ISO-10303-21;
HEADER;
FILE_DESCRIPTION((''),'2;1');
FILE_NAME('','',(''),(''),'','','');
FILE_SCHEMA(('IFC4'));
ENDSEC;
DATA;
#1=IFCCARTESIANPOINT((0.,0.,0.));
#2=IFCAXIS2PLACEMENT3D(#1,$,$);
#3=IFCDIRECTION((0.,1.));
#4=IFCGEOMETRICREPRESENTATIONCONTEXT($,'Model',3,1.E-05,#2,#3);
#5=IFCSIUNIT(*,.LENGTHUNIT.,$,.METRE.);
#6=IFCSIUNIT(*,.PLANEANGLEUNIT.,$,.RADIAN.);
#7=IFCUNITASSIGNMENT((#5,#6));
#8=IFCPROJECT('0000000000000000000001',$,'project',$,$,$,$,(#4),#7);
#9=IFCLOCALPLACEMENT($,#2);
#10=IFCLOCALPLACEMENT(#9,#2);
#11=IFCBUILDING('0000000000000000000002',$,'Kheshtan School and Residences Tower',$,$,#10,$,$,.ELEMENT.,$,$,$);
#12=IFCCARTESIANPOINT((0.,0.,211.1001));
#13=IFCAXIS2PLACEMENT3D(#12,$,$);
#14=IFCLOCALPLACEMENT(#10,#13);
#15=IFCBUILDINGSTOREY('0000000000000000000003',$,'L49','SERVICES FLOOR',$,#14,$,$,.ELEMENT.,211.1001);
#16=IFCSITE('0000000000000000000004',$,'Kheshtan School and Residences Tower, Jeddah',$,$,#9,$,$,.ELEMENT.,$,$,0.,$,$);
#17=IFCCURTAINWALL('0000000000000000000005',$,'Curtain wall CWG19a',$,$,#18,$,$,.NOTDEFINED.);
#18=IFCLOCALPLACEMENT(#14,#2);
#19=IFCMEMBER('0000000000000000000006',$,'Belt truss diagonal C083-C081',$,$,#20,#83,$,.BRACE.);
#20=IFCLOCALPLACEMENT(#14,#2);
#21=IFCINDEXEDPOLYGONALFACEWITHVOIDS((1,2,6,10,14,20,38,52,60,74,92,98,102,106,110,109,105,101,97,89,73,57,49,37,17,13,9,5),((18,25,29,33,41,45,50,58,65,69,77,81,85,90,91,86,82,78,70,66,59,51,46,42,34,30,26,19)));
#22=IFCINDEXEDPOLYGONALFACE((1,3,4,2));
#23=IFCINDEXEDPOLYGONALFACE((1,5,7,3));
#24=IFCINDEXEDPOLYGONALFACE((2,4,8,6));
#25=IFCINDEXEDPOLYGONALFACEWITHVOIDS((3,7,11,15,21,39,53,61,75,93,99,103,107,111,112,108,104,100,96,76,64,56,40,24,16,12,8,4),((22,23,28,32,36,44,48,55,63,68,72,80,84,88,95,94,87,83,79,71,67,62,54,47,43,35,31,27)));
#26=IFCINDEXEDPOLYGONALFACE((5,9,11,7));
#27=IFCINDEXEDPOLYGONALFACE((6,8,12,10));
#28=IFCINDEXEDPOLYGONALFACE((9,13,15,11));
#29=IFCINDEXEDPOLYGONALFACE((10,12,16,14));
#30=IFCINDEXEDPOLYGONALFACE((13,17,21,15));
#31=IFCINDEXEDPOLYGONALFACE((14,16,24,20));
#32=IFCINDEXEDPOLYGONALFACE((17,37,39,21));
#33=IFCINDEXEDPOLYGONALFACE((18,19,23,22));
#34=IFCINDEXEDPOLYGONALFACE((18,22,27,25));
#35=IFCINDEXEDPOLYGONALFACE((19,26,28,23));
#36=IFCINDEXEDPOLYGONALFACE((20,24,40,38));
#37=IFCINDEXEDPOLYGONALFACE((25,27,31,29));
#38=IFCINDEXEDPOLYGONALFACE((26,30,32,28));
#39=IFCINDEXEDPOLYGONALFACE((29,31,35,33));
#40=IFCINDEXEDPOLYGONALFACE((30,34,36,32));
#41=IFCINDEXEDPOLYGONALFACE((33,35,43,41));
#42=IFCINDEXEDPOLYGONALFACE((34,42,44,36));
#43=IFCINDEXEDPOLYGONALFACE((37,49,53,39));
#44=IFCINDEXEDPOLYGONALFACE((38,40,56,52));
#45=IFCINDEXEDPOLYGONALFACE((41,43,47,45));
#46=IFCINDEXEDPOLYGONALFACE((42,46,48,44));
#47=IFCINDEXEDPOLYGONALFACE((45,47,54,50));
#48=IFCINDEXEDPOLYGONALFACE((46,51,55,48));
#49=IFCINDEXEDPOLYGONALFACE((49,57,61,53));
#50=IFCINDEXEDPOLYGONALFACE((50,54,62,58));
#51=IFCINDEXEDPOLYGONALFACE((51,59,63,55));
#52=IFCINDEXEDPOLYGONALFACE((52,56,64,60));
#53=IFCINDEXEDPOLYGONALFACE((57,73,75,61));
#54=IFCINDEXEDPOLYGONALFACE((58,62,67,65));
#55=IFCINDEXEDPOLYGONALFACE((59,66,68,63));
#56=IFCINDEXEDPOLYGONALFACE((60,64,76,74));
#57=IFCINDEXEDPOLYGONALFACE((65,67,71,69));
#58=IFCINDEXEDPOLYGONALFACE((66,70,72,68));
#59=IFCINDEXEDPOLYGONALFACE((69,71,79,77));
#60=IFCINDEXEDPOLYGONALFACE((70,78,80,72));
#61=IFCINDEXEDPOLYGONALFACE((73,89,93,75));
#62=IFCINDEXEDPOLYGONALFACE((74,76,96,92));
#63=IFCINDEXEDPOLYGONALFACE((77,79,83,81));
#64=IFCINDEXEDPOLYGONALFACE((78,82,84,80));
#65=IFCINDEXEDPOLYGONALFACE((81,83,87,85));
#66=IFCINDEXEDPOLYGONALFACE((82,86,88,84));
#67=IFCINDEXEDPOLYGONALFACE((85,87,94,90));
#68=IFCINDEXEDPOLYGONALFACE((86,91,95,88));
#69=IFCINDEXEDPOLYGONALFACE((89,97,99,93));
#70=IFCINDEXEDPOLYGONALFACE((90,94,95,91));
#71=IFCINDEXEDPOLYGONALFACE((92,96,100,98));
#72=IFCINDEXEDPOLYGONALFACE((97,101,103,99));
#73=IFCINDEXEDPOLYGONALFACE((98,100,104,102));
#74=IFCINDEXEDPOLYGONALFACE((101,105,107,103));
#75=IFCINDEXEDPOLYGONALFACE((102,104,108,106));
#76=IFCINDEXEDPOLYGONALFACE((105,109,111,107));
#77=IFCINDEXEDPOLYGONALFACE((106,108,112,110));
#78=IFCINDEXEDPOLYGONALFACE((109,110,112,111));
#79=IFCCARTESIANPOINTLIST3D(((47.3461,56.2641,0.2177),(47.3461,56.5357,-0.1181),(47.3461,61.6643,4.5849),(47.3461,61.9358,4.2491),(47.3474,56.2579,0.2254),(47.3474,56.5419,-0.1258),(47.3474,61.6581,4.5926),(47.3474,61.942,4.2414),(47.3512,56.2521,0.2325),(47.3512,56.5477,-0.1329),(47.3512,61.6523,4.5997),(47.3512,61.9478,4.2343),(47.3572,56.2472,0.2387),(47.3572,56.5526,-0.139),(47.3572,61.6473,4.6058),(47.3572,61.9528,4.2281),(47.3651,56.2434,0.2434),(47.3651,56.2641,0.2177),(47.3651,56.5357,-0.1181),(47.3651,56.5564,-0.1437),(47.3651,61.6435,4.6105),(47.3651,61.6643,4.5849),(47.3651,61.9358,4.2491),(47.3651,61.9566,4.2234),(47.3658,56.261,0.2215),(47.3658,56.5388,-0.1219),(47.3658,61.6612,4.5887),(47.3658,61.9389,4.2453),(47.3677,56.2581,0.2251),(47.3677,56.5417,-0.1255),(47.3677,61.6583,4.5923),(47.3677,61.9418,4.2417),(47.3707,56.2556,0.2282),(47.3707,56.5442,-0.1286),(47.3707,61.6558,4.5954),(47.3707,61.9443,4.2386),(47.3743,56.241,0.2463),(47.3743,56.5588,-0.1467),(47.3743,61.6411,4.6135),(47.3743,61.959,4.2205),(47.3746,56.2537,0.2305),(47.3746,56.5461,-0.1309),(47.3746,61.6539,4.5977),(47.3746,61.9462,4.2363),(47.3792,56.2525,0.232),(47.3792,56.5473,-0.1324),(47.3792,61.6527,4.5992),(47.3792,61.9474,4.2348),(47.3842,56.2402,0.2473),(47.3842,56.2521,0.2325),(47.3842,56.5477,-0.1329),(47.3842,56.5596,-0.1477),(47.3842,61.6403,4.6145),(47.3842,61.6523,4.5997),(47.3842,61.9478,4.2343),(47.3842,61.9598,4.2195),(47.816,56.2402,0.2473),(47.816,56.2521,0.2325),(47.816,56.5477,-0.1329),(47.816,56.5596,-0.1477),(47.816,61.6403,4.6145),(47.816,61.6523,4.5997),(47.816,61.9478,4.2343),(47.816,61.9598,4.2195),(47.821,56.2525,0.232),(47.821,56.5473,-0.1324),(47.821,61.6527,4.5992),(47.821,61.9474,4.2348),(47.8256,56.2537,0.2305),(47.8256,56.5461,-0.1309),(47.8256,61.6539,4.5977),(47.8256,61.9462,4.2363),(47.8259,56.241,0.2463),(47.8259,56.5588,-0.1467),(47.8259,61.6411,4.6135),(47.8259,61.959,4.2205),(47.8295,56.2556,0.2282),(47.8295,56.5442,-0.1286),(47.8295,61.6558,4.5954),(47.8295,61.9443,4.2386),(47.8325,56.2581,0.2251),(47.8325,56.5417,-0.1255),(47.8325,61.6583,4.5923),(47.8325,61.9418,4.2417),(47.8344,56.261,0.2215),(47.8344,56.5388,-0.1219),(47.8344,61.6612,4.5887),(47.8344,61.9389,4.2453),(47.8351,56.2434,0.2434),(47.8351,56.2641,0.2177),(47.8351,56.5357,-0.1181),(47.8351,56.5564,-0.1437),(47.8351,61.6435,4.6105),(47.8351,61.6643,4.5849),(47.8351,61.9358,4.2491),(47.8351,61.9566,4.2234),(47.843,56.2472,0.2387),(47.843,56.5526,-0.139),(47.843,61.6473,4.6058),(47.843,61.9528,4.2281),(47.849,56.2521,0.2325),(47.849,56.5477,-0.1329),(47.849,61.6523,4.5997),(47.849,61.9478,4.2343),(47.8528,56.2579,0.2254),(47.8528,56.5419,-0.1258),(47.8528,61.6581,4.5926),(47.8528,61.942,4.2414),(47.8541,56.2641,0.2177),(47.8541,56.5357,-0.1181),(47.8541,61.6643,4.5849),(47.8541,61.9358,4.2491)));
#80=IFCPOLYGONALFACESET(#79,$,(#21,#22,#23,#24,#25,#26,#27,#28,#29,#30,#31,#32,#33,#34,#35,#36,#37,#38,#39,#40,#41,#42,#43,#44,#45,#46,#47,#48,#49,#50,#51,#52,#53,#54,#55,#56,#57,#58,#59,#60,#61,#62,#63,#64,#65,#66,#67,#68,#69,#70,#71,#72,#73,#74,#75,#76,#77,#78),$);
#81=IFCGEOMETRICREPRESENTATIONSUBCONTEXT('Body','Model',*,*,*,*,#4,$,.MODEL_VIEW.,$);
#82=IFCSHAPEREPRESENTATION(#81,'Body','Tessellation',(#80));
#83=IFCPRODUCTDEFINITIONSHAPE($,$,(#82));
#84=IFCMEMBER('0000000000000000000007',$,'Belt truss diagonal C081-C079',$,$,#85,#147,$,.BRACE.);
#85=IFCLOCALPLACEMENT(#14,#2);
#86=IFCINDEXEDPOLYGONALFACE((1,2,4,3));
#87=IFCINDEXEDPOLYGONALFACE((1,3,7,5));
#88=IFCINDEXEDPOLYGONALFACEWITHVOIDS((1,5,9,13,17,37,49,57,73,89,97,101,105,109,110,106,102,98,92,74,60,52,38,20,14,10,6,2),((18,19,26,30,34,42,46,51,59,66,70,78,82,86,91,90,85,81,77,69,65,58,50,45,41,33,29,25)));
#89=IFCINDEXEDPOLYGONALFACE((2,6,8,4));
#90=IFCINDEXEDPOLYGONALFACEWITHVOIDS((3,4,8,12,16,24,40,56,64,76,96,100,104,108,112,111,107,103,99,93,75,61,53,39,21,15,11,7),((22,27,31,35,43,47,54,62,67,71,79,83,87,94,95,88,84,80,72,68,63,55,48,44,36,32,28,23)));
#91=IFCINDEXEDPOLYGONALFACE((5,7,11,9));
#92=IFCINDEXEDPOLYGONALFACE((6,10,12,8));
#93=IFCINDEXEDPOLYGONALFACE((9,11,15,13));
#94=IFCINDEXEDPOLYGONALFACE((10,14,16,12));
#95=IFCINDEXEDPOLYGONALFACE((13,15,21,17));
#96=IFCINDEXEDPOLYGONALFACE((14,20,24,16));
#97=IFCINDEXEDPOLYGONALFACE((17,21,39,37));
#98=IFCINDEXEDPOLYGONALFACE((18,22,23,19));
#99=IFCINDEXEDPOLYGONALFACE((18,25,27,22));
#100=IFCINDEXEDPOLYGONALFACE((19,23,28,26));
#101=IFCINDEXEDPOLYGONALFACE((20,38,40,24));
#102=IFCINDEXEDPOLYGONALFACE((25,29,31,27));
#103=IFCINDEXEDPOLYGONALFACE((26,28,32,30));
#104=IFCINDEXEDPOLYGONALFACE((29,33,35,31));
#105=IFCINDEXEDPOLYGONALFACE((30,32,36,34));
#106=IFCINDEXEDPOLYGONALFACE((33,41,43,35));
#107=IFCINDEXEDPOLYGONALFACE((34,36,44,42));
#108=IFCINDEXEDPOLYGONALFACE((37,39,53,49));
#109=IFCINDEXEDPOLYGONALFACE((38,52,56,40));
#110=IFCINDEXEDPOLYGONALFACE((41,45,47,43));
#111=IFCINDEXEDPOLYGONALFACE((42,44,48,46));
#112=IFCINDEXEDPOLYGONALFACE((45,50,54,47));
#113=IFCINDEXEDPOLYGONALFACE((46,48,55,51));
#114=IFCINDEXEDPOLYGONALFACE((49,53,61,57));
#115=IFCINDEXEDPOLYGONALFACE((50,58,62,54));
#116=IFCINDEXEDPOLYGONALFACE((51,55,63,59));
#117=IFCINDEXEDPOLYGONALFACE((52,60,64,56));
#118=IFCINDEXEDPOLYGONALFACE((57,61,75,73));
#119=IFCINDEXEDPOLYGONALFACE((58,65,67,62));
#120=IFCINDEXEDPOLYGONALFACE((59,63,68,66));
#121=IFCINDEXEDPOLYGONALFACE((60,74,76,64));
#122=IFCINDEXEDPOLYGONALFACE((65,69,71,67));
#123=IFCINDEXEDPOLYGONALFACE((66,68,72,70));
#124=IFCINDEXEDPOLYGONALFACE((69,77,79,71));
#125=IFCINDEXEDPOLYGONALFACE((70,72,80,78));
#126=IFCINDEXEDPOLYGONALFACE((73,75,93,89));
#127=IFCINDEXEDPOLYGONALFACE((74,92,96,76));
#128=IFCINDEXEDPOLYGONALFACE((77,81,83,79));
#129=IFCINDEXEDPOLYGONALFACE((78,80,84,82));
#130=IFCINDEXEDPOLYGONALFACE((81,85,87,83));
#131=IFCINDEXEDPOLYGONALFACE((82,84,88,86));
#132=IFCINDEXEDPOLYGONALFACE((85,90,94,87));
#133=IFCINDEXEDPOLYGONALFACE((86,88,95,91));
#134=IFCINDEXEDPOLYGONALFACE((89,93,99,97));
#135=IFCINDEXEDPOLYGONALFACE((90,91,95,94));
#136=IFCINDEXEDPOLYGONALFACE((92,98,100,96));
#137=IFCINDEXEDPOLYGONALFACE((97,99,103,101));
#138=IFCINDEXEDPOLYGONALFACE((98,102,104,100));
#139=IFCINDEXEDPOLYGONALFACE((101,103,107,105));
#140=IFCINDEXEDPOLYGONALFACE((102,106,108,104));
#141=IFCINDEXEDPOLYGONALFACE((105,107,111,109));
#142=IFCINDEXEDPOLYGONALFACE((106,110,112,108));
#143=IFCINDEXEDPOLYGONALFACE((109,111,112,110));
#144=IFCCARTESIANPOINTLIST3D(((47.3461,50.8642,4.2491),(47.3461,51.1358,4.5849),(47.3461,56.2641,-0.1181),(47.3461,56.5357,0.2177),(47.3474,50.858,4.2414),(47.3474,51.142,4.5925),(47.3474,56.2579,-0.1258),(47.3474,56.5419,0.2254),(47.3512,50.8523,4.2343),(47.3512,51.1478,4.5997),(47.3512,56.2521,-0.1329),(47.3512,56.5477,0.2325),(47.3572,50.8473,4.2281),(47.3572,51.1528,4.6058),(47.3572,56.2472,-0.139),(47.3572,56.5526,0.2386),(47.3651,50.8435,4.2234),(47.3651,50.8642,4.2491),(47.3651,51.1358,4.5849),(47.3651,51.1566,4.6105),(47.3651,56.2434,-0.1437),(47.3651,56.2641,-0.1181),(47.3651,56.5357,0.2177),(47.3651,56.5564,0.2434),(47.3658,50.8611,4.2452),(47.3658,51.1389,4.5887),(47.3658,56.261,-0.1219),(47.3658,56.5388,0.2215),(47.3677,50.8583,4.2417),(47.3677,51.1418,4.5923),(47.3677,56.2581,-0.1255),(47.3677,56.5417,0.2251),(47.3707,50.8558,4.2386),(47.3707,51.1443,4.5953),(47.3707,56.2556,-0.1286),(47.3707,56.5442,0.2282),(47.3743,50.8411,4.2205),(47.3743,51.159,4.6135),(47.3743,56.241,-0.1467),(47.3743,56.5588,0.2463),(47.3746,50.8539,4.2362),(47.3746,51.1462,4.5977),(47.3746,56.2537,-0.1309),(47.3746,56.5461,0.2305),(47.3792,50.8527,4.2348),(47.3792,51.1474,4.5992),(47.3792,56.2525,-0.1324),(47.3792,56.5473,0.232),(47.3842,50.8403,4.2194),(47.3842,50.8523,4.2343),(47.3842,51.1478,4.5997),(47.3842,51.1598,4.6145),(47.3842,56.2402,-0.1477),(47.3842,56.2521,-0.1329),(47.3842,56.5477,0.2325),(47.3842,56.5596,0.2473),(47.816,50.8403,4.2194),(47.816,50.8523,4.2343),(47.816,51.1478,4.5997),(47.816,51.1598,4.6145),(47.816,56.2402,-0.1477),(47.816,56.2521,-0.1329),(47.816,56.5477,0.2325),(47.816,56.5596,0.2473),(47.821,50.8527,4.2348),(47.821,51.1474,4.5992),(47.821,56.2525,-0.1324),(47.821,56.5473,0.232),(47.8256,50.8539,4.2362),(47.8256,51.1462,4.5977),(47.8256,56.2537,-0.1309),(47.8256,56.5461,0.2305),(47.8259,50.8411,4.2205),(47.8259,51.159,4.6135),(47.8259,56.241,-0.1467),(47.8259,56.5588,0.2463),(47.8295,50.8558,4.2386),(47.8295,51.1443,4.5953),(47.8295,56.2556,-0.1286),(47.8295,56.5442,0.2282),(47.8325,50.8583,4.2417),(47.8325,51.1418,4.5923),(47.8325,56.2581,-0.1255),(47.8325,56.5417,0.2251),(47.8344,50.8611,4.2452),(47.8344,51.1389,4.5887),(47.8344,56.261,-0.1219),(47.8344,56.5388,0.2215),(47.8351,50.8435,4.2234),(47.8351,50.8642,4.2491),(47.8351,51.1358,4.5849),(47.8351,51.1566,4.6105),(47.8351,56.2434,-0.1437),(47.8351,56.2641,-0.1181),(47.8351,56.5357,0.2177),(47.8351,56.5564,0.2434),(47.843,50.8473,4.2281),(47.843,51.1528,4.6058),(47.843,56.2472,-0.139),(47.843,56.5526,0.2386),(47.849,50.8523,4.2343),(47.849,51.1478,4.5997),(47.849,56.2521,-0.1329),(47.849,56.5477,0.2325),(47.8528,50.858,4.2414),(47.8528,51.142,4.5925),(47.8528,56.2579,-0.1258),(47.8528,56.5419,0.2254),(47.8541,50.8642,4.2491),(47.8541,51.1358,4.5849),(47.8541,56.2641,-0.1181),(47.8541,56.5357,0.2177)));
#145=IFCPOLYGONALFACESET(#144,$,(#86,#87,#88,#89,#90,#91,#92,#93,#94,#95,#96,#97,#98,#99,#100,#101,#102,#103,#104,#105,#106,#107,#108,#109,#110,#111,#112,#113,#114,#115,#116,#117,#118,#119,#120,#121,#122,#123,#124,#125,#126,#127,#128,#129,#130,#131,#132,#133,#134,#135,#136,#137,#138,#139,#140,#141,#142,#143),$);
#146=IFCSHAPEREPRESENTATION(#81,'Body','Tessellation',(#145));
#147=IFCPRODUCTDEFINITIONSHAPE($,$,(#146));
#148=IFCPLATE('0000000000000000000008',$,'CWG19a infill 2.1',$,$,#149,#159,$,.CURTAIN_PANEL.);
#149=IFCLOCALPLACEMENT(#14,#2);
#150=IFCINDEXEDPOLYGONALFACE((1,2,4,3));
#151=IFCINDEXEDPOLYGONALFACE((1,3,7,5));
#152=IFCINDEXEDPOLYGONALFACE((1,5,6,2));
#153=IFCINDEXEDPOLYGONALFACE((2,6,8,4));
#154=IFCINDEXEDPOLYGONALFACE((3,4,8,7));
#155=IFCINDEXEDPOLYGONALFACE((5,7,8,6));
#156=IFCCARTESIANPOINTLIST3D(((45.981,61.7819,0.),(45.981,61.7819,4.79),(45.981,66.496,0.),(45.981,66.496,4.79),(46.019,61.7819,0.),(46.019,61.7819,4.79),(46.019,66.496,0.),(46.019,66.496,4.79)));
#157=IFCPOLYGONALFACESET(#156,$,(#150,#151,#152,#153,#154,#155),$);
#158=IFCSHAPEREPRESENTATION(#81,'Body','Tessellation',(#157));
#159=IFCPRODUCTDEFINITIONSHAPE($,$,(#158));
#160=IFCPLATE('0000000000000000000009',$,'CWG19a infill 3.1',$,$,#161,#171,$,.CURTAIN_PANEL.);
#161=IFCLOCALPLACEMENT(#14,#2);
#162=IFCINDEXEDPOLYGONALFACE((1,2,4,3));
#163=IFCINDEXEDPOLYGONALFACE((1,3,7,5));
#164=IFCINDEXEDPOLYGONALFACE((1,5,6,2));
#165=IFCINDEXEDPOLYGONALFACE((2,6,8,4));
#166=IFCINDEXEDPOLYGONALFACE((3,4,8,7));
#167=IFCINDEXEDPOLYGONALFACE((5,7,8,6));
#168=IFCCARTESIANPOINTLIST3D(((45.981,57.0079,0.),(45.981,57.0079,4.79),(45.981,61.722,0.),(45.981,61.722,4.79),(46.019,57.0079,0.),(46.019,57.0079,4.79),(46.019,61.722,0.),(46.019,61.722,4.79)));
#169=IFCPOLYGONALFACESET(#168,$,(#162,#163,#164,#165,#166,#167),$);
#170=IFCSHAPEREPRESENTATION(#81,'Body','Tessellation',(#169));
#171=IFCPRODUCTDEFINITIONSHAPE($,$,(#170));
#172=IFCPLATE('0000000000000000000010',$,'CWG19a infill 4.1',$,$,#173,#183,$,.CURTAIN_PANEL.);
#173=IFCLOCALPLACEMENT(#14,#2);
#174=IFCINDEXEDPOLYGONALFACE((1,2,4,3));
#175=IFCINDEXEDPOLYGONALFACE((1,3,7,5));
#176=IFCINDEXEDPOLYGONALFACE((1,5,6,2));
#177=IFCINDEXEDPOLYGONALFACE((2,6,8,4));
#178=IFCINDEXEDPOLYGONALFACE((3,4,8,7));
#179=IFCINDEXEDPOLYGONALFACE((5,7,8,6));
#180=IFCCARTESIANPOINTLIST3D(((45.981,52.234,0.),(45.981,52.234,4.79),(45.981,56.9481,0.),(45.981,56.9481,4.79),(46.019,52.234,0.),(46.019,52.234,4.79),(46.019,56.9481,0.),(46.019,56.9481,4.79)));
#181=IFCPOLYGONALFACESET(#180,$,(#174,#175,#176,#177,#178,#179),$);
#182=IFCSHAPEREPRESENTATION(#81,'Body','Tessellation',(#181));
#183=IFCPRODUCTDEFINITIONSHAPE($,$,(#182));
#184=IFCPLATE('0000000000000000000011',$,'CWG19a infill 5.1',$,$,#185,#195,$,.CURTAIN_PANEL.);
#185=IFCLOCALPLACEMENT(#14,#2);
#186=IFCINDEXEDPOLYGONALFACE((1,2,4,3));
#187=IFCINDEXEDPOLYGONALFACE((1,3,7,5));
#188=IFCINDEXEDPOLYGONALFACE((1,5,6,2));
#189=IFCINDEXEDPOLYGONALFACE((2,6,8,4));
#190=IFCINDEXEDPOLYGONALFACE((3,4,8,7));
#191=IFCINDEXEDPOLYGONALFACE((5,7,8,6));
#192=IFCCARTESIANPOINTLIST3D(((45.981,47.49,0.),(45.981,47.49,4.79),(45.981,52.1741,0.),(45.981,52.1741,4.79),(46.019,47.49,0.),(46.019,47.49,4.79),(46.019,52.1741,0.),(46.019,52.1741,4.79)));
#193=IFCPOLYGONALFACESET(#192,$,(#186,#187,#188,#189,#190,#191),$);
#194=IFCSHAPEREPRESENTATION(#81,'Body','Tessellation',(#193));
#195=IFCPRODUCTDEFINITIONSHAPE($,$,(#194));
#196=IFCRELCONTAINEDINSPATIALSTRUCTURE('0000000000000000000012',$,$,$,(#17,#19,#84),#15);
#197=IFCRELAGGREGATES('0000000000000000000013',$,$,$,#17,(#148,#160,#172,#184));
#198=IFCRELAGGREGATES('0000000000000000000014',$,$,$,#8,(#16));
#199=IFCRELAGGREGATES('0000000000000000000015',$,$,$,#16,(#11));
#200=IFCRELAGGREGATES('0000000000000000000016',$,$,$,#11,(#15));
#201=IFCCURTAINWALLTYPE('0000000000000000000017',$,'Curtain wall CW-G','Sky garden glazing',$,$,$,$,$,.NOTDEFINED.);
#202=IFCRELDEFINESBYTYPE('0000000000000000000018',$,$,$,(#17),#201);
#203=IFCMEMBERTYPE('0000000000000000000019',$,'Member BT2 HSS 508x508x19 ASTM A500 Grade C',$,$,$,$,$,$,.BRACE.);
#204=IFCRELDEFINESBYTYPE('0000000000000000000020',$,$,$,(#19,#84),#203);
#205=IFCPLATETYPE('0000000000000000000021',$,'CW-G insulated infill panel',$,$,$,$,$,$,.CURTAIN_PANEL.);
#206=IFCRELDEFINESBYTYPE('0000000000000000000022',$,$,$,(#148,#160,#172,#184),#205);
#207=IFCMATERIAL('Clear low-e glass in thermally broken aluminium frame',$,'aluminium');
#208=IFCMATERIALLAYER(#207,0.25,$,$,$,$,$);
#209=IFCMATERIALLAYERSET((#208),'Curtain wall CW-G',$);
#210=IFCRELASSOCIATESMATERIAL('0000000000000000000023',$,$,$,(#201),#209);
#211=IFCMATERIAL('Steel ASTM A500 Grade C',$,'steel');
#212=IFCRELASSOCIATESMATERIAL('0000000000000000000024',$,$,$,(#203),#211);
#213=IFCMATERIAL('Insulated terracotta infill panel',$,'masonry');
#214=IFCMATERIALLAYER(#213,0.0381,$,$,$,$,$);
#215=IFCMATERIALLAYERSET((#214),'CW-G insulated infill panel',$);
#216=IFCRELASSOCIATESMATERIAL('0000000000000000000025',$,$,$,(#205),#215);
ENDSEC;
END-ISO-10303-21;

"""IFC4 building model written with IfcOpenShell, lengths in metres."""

from ifc_helpers import new_model, si_unit, direction, frame, origin, origin_2d, place, context, subcontext, project, spatial, rectangle, hollow_rectangle, extrude, material, layer, layer_set, material_profile, profile_set, type_object, element, aggregate, save


model = new_model("IFC4")

# Units and contexts
model_context = context("Model", 3, precision=1e-05, world=origin(), true_north=direction((0.0, 1.0)))
body_context = subcontext(model_context, "Body", "Model", "MODEL_VIEW")
ifc_project = project(units=[si_unit("LENGTHUNIT", "METRE"), si_unit("PLANEANGLEUNIT", "RADIAN")], contexts=[model_context])

# Site, building, storey
site_placement = place(None, origin())
site = spatial("IfcSite", under=ifc_project, at=site_placement, Name="Kheshtan School and Residences Tower, Jeddah", CompositionType="ELEMENT", RefElevation=0.0)
building_placement = place(site_placement, origin())
building = spatial("IfcBuilding", under=site, at=building_placement, Name="Kheshtan School and Residences Tower", CompositionType="ELEMENT")
storey_placement = place(building_placement, frame((0.0, 0.0, 211.1001)))
storey = spatial("IfcBuildingStorey", under=building, at=storey_placement, Name="L49", Description="SERVICES FLOOR", CompositionType="ELEMENT", Elevation=211.1001)

# Curtain wall
ifc_material_1 = material(Name="Clear low-e glass in thermally broken aluminium frame", Category="aluminium")
ifc_layer_1 = layer(ifc_material_1, 0.25)
ifc_layer_set_1 = layer_set([ifc_layer_1], Name="Curtain wall CW-G")
curtain_wall_type = type_object("IfcCurtainWallType", Name="Curtain wall CW-G", Description="Sky garden glazing", PredefinedType="NOTDEFINED", material=ifc_layer_set_1)
curtain_wall_placement = place(storey_placement, origin())
curtain_wall = element("IfcCurtainWall", 1, at=curtain_wall_placement, inside=storey, type_object=curtain_wall_type, Name="Curtain wall CWG19a", PredefinedType="NOTDEFINED")

# Members
ifc_material_2 = material(Name="Steel ASTM A500 Grade C", Category="steel")
ifc_material_profile_1 = material_profile(ifc_material_2, hollow_rectangle(XDim=0.5081, YDim=0.5081, WallThickness=0.019, InnerFilletRadius=0.019, OuterFilletRadius=0.0381, at=origin_2d()), Name="HSS 508x508x19")
ifc_profile_set_1 = profile_set([ifc_material_profile_1], Name="Steel ASTM A500 Grade C")
member_type_1 = type_object("IfcMemberType", Name="Member BT2 HSS 508x508x19 ASTM A500 Grade C", PredefinedType="BRACE", material=ifc_profile_set_1)
member_1_placement = place(storey_placement, frame((47.6001, 56.3999, 0.0498), z_axis=(0.0, 0.777552, 0.628819), x_axis=(-1.0, 0.0, 0.0)))
element("IfcMember", 2, at=member_1_placement, inside=storey, type_object=member_type_1, Name="Belt truss diagonal C083-C081", PredefinedType="BRACE", context=body_context, shape_type="SweptSolid", body=[
    extrude(hollow_rectangle(XDim=0.5081, YDim=0.5081, WallThickness=0.019, InnerFilletRadius=0.019, OuterFilletRadius=0.0381, at=origin_2d()), origin(), (0.0, 0.0, 1.0), 6.9451),
])
member_2_placement = place(storey_placement, frame((47.6001, 56.3999, 0.0498), z_axis=(0.0, -0.777538, 0.628836), x_axis=(1.0, 0.0, 0.0)))
element("IfcMember", 3, at=member_2_placement, inside=storey, type_object=member_type_1, Name="Belt truss diagonal C081-C079", PredefinedType="BRACE", context=body_context, shape_type="SweptSolid", body=[
    extrude(hollow_rectangle(XDim=0.5081, YDim=0.5081, WallThickness=0.019, InnerFilletRadius=0.019, OuterFilletRadius=0.0381, at=origin_2d()), origin(), (0.0, 0.0, 1.0), 6.9448),
])

# Plates
ifc_material_3 = material(Name="Insulated terracotta infill panel", Category="masonry")
ifc_layer_2 = layer(ifc_material_3, 0.0381)
ifc_layer_set_2 = layer_set([ifc_layer_2], Name="CW-G insulated infill panel")
plate_type_1 = type_object("IfcPlateType", Name="CW-G insulated infill panel", PredefinedType="CURTAIN_PANEL", material=ifc_layer_set_2)
plate_1_placement = place(storey_placement, frame((46.0, 64.1389, 0.0), z_axis=(0.0, 0.0, 1.0), x_axis=(0.0, -1.0, 0.0)))
plate_1 = element("IfcPlate", 4, at=plate_1_placement, type_object=plate_type_1, Name="CWG19a infill 2.1", PredefinedType="CURTAIN_PANEL", context=body_context, shape_type="SweptSolid", body=[
    extrude(rectangle(XDim=4.7141, YDim=0.0381, at=origin_2d()), origin(), (0.0, 0.0, 1.0), 4.79),
])
plate_2_placement = place(storey_placement, frame((46.0, 59.365, 0.0), z_axis=(0.0, 0.0, 1.0), x_axis=(0.0, -1.0, 0.0)))
plate_2 = element("IfcPlate", 5, at=plate_2_placement, type_object=plate_type_1, Name="CWG19a infill 3.1", PredefinedType="CURTAIN_PANEL", context=body_context, shape_type="SweptSolid", body=[
    extrude(rectangle(XDim=4.7141, YDim=0.0381, at=origin_2d()), origin(), (0.0, 0.0, 1.0), 4.79),
])
plate_3_placement = place(storey_placement, frame((46.0, 54.5911, 0.0), z_axis=(0.0, 0.0, 1.0), x_axis=(0.0, -1.0, 0.0)))
plate_3 = element("IfcPlate", 6, at=plate_3_placement, type_object=plate_type_1, Name="CWG19a infill 4.1", PredefinedType="CURTAIN_PANEL", context=body_context, shape_type="SweptSolid", body=[
    extrude(rectangle(XDim=4.7141, YDim=0.0381, at=origin_2d()), origin(), (0.0, 0.0, 1.0), 4.79),
])
plate_4_placement = place(storey_placement, frame((46.0, 49.832, 0.0), z_axis=(0.0, 0.0, 1.0), x_axis=(0.0, -1.0, 0.0)))
plate_4 = element("IfcPlate", 7, at=plate_4_placement, type_object=plate_type_1, Name="CWG19a infill 5.1", PredefinedType="CURTAIN_PANEL", context=body_context, shape_type="SweptSolid", body=[
    extrude(rectangle(XDim=4.6841, YDim=0.0381, at=origin_2d()), origin(), (0.0, 0.0, 1.0), 4.79),
])
aggregate(curtain_wall, [plate_1, plate_2, plate_3, plate_4])

save(model, "model.ifc")
